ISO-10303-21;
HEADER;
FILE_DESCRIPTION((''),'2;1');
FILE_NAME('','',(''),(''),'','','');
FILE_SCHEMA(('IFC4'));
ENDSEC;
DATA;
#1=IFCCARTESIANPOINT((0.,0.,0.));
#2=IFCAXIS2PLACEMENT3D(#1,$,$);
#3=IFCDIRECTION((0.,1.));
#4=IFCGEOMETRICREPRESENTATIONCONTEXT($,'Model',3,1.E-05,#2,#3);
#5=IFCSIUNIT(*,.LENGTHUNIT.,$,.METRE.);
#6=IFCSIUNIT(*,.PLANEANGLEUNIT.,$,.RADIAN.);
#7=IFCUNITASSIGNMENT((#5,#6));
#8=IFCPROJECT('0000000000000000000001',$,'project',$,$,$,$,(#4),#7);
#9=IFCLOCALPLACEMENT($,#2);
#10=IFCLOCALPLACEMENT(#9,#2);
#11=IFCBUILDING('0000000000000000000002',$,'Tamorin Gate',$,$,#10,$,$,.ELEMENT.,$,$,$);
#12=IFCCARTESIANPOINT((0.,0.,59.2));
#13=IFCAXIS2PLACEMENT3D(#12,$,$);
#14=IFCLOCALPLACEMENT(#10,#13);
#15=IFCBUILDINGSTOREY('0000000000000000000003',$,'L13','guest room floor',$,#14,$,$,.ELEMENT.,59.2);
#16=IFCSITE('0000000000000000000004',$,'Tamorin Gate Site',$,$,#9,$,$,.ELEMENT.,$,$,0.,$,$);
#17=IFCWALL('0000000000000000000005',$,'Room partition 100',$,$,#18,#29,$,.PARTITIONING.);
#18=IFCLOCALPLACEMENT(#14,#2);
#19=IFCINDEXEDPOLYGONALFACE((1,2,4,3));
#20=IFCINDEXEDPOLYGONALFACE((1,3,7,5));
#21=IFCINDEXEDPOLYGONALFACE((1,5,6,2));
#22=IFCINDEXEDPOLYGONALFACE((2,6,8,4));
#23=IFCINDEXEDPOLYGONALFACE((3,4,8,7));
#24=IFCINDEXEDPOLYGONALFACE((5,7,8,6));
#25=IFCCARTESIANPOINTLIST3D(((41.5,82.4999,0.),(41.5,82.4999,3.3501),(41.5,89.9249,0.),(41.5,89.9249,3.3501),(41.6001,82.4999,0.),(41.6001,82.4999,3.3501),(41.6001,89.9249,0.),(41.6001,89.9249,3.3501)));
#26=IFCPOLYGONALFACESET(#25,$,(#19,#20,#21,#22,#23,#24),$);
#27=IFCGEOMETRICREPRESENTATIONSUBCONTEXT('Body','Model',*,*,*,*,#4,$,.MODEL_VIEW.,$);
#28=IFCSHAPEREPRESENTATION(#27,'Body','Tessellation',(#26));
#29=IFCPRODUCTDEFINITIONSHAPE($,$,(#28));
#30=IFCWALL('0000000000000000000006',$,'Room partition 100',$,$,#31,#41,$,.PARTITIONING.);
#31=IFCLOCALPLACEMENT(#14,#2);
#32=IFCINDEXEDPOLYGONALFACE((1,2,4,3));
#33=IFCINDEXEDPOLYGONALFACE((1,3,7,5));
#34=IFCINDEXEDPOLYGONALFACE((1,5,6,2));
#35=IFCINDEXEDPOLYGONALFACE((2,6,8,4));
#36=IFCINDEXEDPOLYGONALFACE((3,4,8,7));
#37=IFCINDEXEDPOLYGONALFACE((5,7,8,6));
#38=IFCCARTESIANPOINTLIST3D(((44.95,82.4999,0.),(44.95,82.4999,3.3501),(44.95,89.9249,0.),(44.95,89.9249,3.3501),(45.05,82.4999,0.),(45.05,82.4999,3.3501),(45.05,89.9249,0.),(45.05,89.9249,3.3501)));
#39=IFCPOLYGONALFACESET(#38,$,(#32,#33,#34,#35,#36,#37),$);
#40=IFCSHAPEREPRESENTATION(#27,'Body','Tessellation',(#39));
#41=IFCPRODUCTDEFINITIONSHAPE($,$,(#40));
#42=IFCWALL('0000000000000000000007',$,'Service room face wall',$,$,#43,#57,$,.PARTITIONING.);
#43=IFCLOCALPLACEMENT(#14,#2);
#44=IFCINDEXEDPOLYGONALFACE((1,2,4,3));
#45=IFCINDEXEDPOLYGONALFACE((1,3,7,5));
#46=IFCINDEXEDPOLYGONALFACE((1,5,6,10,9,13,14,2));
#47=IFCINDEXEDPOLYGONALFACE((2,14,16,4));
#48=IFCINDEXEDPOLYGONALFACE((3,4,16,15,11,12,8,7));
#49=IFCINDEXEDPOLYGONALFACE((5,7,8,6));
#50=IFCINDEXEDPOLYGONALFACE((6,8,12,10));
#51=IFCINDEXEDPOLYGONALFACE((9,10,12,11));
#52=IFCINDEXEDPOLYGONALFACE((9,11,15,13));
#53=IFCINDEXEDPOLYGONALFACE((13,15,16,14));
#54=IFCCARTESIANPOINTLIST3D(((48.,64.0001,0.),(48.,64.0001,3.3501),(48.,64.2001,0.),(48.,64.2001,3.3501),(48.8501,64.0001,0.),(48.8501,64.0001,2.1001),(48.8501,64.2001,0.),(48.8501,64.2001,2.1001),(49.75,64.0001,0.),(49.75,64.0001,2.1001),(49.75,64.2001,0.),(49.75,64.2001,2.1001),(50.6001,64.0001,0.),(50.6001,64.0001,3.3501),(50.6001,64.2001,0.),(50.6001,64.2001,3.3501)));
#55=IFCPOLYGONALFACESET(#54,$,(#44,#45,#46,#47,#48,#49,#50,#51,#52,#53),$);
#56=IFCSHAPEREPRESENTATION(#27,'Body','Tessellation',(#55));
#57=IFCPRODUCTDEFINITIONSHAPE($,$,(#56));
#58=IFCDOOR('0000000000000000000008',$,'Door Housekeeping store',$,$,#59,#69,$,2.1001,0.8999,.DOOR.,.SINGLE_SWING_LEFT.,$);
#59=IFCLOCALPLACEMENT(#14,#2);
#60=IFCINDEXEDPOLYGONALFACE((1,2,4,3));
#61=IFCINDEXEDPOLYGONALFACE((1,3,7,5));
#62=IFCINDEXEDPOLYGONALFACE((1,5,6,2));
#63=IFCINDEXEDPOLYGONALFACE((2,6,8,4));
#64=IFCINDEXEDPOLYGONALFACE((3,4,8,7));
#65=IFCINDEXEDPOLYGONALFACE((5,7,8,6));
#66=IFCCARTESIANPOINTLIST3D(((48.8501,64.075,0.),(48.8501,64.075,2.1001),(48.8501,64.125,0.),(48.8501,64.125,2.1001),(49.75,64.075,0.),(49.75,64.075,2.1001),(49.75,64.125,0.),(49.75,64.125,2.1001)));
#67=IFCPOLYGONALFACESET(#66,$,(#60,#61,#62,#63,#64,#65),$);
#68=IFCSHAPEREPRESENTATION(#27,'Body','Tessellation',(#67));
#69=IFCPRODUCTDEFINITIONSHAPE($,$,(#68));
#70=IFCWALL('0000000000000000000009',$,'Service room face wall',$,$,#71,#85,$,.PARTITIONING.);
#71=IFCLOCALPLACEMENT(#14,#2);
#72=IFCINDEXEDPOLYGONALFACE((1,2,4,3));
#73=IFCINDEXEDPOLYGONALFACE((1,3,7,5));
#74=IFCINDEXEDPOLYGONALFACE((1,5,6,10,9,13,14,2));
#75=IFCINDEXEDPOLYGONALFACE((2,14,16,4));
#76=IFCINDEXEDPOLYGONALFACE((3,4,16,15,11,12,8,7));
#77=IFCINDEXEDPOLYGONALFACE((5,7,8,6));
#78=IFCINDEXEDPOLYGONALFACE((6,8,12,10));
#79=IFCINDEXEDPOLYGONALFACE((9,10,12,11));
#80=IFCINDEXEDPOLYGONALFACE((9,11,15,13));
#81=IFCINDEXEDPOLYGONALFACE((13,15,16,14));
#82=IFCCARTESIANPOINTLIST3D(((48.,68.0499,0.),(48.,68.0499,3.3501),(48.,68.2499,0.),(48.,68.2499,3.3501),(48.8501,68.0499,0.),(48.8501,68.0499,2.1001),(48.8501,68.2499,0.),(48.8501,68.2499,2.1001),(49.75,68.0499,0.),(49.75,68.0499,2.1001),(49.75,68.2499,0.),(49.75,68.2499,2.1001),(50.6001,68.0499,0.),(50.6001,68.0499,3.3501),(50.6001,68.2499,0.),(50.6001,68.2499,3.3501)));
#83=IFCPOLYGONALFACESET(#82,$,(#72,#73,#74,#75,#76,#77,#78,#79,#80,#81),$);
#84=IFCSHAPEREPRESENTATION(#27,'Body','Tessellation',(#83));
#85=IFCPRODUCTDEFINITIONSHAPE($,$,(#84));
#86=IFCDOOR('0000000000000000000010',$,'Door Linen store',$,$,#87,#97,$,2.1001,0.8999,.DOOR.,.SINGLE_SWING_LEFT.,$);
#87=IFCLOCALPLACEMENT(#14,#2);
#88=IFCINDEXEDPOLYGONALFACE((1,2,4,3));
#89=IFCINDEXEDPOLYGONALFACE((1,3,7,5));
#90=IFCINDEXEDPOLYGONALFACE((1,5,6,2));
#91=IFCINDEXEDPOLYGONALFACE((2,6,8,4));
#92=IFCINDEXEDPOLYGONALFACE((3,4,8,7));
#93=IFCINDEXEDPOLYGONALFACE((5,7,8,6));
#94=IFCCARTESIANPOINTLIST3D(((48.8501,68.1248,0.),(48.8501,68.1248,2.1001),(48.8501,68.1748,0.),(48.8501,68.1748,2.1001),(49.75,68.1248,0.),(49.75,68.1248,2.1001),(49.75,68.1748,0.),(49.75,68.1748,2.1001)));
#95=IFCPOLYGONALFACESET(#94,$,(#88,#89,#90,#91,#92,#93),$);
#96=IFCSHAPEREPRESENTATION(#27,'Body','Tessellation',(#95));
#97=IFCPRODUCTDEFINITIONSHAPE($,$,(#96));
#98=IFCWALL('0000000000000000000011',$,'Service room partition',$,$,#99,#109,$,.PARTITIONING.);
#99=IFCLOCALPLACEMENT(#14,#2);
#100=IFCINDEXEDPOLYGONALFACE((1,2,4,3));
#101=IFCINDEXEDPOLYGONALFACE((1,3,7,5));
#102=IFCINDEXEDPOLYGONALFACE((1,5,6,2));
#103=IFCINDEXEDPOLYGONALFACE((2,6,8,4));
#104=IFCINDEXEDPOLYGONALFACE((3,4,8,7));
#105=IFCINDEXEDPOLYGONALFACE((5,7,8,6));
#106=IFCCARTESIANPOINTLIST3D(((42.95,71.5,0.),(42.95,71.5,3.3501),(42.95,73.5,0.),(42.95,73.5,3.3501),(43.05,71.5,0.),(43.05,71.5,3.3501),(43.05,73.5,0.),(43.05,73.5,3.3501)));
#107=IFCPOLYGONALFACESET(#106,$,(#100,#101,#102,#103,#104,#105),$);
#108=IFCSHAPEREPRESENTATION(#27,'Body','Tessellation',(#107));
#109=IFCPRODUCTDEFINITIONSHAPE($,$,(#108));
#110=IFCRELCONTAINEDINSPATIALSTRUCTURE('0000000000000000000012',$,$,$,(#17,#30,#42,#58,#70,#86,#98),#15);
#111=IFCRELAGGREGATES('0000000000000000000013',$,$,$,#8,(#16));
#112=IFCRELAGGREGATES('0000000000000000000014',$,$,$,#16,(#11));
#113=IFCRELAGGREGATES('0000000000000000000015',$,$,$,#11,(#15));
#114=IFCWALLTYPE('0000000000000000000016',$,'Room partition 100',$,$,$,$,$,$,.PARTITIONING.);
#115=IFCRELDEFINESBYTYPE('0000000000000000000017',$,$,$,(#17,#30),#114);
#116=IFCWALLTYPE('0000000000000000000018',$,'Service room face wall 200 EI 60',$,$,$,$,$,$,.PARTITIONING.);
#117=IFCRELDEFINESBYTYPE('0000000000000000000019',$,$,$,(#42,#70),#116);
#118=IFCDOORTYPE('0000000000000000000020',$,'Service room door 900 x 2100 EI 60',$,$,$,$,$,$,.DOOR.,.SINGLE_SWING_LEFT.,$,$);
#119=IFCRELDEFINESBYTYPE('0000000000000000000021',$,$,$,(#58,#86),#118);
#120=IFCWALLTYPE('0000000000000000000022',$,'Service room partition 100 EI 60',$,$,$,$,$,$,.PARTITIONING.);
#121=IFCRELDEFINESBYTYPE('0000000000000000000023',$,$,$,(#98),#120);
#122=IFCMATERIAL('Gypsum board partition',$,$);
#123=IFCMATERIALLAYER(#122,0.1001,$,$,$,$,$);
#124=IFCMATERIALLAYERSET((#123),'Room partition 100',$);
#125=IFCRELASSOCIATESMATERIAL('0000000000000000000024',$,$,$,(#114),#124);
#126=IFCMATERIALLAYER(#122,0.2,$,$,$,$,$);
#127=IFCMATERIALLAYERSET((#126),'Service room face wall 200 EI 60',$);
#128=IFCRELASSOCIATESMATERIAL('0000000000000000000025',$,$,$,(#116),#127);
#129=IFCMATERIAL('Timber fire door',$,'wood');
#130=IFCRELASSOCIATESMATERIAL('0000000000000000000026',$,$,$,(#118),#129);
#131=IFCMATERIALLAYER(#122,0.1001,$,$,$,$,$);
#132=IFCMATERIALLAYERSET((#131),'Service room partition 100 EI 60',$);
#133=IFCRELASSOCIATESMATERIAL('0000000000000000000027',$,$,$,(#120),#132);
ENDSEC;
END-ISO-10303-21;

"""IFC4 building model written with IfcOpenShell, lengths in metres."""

from ifc_helpers import new_model, si_unit, direction, frame, frame_2d, origin, place, context, subcontext, project, spatial, rectangle, extrude, material, layer, layer_set, type_object, element, fill, save


model = new_model("IFC4")

# Units and contexts
model_context = context("Model", 3, precision=1e-05, world=origin(), true_north=direction((0.0, 1.0)))
body_context = subcontext(model_context, "Body", "Model", "MODEL_VIEW")
ifc_project = project(units=[si_unit("LENGTHUNIT", "METRE"), si_unit("PLANEANGLEUNIT", "RADIAN")], contexts=[model_context])

# Site, building, storey
site_placement = place(None, origin())
site = spatial("IfcSite", under=ifc_project, at=site_placement, Name="Tamorin Gate Site", CompositionType="ELEMENT", RefElevation=0.0)
building_placement = place(site_placement, origin())
building = spatial("IfcBuilding", under=site, at=building_placement, Name="Tamorin Gate", CompositionType="ELEMENT")
storey_placement = place(building_placement, frame((0.0, 0.0, 59.2)))
storey = spatial("IfcBuildingStorey", under=building, at=storey_placement, Name="L13", Description="guest room floor", CompositionType="ELEMENT", Elevation=59.2)

# Walls
ifc_material_1 = material(Name="Gypsum board partition")
ifc_layer_1 = layer(ifc_material_1, 0.1001)
ifc_layer_set_1 = layer_set([ifc_layer_1], Name="Room partition 100")
wall_type_1 = type_object("IfcWallType", Name="Room partition 100", PredefinedType="PARTITIONING", material=ifc_layer_set_1)
for number, where, z_axis, x_axis, name in (
    (1, (41.55, 82.5, 0.0), (0.0, 0.0, 1.0), (0.0, 1.0, 0.0), "Room partition 100"),
    (2, (45.0, 82.5, 0.0), (0.0, 0.0, 1.0), (0.0, 1.0, 0.0), "Room partition 100"),
):
    element("IfcWall", number, at=place(storey_placement, frame(where, z_axis=z_axis, x_axis=x_axis)), inside=storey, type_object=wall_type_1, Name=name, PredefinedType="PARTITIONING", context=body_context, shape_type="SweptSolid", body=[
        extrude(rectangle(XDim=7.425, YDim=0.1001, at=frame_2d((3.7124, 0.0))), origin(), (0.0, 0.0, 1.0), 3.3501),
    ])

# Walls, openings, doors
ifc_layer_2 = layer(ifc_material_1, 0.2)
ifc_layer_set_2 = layer_set([ifc_layer_2], Name="Service room face wall 200 EI 60")
wall_type_2 = type_object("IfcWallType", Name="Service room face wall 200 EI 60", PredefinedType="PARTITIONING", material=ifc_layer_set_2)
wall_1_placement = place(storey_placement, frame((48.0, 64.1001, 0.0), z_axis=(0.0, 0.0, 1.0), x_axis=(1.0, 0.0, 0.0)))
wall_1 = element("IfcWall", 3, at=wall_1_placement, inside=storey, type_object=wall_type_2, Name="Service room face wall", PredefinedType="PARTITIONING", context=body_context, shape_type="SweptSolid", body=[
    extrude(rectangle(XDim=2.6001, YDim=0.2, at=frame_2d((1.3, 0.0))), origin(), (0.0, 0.0, 1.0), 3.3501),
])
opening_1_placement = place(wall_1_placement, frame((0.8501, 0.0, 0.0)))
opening_1 = element("IfcOpeningElement", 4, at=opening_1_placement, cuts=wall_1, PredefinedType="OPENING", context=body_context, shape_type="SweptSolid", body=[
    extrude(rectangle(XDim=0.8999, YDim=2.1001, at=frame_2d((0.45, 1.05))), frame((0.0, 0.1099, 0.0), z_axis=(0.0, -1.0, 0.0), x_axis=(1.0, 0.0, 0.0)), (0.0, 0.0, 1.0), 0.22),
])
ifc_material_2 = material(Name="Timber fire door", Category="wood")
door_type_1 = type_object("IfcDoorType", Name="Service room door 900 x 2100 EI 60", OperationType="SINGLE_SWING_LEFT", PredefinedType="DOOR", material=ifc_material_2)
door_1_placement = place(opening_1_placement, origin())
door_1 = element("IfcDoor", 5, at=door_1_placement, inside=storey, type_object=door_type_1, Name="Door Housekeeping store", OperationType="SINGLE_SWING_LEFT", OverallHeight=2.1001, OverallWidth=0.8999, PredefinedType="DOOR", context=body_context, shape_type="SweptSolid", body=[
    extrude(rectangle(XDim=0.8999, YDim=2.1001, at=frame_2d((0.45, 1.05))), frame((0.0, 0.0249, 0.0), z_axis=(0.0, -1.0, 0.0), x_axis=(1.0, 0.0, 0.0)), (0.0, 0.0, 1.0), 0.05),
])
fill(opening_1, door_1)
wall_2_placement = place(storey_placement, frame((48.0, 68.1499, 0.0), z_axis=(0.0, 0.0, 1.0), x_axis=(1.0, 0.0, 0.0)))
wall_2 = element("IfcWall", 6, at=wall_2_placement, inside=storey, type_object=wall_type_2, Name="Service room face wall", PredefinedType="PARTITIONING", context=body_context, shape_type="SweptSolid", body=[
    extrude(rectangle(XDim=2.6001, YDim=0.2, at=frame_2d((1.3, 0.0))), origin(), (0.0, 0.0, 1.0), 3.3501),
])
opening_2_placement = place(wall_2_placement, frame((0.8501, 0.0, 0.0)))
opening_2 = element("IfcOpeningElement", 7, at=opening_2_placement, cuts=wall_2, PredefinedType="OPENING", context=body_context, shape_type="SweptSolid", body=[
    extrude(rectangle(XDim=0.8999, YDim=2.1001, at=frame_2d((0.45, 1.05))), frame((0.0, 0.1099, 0.0), z_axis=(0.0, -1.0, 0.0), x_axis=(1.0, 0.0, 0.0)), (0.0, 0.0, 1.0), 0.22),
])
door_2_placement = place(opening_2_placement, origin())
door_2 = element("IfcDoor", 8, at=door_2_placement, inside=storey, type_object=door_type_1, Name="Door Linen store", OperationType="SINGLE_SWING_LEFT", OverallHeight=2.1001, OverallWidth=0.8999, PredefinedType="DOOR", context=body_context, shape_type="SweptSolid", body=[
    extrude(rectangle(XDim=0.8999, YDim=2.1001, at=frame_2d((0.45, 1.05))), frame((0.0, 0.0249, 0.0), z_axis=(0.0, -1.0, 0.0), x_axis=(1.0, 0.0, 0.0)), (0.0, 0.0, 1.0), 0.05),
])
fill(opening_2, door_2)

# Wall
ifc_layer_3 = layer(ifc_material_1, 0.1001)
ifc_layer_set_3 = layer_set([ifc_layer_3], Name="Service room partition 100 EI 60")
wall_type_3 = type_object("IfcWallType", Name="Service room partition 100 EI 60", PredefinedType="PARTITIONING", material=ifc_layer_set_3)
wall_3_placement = place(storey_placement, frame((43.0, 71.5, 0.0), z_axis=(0.0, 0.0, 1.0), x_axis=(0.0, 1.0, 0.0)))
element("IfcWall", 9, at=wall_3_placement, inside=storey, type_object=wall_type_3, Name="Service room partition", PredefinedType="PARTITIONING", context=body_context, shape_type="SweptSolid", body=[
    extrude(rectangle(XDim=2.0, YDim=0.1001, at=frame_2d((1.0, 0.0))), origin(), (0.0, 0.0, 1.0), 3.3501),
])

save(model, "model.ifc")
